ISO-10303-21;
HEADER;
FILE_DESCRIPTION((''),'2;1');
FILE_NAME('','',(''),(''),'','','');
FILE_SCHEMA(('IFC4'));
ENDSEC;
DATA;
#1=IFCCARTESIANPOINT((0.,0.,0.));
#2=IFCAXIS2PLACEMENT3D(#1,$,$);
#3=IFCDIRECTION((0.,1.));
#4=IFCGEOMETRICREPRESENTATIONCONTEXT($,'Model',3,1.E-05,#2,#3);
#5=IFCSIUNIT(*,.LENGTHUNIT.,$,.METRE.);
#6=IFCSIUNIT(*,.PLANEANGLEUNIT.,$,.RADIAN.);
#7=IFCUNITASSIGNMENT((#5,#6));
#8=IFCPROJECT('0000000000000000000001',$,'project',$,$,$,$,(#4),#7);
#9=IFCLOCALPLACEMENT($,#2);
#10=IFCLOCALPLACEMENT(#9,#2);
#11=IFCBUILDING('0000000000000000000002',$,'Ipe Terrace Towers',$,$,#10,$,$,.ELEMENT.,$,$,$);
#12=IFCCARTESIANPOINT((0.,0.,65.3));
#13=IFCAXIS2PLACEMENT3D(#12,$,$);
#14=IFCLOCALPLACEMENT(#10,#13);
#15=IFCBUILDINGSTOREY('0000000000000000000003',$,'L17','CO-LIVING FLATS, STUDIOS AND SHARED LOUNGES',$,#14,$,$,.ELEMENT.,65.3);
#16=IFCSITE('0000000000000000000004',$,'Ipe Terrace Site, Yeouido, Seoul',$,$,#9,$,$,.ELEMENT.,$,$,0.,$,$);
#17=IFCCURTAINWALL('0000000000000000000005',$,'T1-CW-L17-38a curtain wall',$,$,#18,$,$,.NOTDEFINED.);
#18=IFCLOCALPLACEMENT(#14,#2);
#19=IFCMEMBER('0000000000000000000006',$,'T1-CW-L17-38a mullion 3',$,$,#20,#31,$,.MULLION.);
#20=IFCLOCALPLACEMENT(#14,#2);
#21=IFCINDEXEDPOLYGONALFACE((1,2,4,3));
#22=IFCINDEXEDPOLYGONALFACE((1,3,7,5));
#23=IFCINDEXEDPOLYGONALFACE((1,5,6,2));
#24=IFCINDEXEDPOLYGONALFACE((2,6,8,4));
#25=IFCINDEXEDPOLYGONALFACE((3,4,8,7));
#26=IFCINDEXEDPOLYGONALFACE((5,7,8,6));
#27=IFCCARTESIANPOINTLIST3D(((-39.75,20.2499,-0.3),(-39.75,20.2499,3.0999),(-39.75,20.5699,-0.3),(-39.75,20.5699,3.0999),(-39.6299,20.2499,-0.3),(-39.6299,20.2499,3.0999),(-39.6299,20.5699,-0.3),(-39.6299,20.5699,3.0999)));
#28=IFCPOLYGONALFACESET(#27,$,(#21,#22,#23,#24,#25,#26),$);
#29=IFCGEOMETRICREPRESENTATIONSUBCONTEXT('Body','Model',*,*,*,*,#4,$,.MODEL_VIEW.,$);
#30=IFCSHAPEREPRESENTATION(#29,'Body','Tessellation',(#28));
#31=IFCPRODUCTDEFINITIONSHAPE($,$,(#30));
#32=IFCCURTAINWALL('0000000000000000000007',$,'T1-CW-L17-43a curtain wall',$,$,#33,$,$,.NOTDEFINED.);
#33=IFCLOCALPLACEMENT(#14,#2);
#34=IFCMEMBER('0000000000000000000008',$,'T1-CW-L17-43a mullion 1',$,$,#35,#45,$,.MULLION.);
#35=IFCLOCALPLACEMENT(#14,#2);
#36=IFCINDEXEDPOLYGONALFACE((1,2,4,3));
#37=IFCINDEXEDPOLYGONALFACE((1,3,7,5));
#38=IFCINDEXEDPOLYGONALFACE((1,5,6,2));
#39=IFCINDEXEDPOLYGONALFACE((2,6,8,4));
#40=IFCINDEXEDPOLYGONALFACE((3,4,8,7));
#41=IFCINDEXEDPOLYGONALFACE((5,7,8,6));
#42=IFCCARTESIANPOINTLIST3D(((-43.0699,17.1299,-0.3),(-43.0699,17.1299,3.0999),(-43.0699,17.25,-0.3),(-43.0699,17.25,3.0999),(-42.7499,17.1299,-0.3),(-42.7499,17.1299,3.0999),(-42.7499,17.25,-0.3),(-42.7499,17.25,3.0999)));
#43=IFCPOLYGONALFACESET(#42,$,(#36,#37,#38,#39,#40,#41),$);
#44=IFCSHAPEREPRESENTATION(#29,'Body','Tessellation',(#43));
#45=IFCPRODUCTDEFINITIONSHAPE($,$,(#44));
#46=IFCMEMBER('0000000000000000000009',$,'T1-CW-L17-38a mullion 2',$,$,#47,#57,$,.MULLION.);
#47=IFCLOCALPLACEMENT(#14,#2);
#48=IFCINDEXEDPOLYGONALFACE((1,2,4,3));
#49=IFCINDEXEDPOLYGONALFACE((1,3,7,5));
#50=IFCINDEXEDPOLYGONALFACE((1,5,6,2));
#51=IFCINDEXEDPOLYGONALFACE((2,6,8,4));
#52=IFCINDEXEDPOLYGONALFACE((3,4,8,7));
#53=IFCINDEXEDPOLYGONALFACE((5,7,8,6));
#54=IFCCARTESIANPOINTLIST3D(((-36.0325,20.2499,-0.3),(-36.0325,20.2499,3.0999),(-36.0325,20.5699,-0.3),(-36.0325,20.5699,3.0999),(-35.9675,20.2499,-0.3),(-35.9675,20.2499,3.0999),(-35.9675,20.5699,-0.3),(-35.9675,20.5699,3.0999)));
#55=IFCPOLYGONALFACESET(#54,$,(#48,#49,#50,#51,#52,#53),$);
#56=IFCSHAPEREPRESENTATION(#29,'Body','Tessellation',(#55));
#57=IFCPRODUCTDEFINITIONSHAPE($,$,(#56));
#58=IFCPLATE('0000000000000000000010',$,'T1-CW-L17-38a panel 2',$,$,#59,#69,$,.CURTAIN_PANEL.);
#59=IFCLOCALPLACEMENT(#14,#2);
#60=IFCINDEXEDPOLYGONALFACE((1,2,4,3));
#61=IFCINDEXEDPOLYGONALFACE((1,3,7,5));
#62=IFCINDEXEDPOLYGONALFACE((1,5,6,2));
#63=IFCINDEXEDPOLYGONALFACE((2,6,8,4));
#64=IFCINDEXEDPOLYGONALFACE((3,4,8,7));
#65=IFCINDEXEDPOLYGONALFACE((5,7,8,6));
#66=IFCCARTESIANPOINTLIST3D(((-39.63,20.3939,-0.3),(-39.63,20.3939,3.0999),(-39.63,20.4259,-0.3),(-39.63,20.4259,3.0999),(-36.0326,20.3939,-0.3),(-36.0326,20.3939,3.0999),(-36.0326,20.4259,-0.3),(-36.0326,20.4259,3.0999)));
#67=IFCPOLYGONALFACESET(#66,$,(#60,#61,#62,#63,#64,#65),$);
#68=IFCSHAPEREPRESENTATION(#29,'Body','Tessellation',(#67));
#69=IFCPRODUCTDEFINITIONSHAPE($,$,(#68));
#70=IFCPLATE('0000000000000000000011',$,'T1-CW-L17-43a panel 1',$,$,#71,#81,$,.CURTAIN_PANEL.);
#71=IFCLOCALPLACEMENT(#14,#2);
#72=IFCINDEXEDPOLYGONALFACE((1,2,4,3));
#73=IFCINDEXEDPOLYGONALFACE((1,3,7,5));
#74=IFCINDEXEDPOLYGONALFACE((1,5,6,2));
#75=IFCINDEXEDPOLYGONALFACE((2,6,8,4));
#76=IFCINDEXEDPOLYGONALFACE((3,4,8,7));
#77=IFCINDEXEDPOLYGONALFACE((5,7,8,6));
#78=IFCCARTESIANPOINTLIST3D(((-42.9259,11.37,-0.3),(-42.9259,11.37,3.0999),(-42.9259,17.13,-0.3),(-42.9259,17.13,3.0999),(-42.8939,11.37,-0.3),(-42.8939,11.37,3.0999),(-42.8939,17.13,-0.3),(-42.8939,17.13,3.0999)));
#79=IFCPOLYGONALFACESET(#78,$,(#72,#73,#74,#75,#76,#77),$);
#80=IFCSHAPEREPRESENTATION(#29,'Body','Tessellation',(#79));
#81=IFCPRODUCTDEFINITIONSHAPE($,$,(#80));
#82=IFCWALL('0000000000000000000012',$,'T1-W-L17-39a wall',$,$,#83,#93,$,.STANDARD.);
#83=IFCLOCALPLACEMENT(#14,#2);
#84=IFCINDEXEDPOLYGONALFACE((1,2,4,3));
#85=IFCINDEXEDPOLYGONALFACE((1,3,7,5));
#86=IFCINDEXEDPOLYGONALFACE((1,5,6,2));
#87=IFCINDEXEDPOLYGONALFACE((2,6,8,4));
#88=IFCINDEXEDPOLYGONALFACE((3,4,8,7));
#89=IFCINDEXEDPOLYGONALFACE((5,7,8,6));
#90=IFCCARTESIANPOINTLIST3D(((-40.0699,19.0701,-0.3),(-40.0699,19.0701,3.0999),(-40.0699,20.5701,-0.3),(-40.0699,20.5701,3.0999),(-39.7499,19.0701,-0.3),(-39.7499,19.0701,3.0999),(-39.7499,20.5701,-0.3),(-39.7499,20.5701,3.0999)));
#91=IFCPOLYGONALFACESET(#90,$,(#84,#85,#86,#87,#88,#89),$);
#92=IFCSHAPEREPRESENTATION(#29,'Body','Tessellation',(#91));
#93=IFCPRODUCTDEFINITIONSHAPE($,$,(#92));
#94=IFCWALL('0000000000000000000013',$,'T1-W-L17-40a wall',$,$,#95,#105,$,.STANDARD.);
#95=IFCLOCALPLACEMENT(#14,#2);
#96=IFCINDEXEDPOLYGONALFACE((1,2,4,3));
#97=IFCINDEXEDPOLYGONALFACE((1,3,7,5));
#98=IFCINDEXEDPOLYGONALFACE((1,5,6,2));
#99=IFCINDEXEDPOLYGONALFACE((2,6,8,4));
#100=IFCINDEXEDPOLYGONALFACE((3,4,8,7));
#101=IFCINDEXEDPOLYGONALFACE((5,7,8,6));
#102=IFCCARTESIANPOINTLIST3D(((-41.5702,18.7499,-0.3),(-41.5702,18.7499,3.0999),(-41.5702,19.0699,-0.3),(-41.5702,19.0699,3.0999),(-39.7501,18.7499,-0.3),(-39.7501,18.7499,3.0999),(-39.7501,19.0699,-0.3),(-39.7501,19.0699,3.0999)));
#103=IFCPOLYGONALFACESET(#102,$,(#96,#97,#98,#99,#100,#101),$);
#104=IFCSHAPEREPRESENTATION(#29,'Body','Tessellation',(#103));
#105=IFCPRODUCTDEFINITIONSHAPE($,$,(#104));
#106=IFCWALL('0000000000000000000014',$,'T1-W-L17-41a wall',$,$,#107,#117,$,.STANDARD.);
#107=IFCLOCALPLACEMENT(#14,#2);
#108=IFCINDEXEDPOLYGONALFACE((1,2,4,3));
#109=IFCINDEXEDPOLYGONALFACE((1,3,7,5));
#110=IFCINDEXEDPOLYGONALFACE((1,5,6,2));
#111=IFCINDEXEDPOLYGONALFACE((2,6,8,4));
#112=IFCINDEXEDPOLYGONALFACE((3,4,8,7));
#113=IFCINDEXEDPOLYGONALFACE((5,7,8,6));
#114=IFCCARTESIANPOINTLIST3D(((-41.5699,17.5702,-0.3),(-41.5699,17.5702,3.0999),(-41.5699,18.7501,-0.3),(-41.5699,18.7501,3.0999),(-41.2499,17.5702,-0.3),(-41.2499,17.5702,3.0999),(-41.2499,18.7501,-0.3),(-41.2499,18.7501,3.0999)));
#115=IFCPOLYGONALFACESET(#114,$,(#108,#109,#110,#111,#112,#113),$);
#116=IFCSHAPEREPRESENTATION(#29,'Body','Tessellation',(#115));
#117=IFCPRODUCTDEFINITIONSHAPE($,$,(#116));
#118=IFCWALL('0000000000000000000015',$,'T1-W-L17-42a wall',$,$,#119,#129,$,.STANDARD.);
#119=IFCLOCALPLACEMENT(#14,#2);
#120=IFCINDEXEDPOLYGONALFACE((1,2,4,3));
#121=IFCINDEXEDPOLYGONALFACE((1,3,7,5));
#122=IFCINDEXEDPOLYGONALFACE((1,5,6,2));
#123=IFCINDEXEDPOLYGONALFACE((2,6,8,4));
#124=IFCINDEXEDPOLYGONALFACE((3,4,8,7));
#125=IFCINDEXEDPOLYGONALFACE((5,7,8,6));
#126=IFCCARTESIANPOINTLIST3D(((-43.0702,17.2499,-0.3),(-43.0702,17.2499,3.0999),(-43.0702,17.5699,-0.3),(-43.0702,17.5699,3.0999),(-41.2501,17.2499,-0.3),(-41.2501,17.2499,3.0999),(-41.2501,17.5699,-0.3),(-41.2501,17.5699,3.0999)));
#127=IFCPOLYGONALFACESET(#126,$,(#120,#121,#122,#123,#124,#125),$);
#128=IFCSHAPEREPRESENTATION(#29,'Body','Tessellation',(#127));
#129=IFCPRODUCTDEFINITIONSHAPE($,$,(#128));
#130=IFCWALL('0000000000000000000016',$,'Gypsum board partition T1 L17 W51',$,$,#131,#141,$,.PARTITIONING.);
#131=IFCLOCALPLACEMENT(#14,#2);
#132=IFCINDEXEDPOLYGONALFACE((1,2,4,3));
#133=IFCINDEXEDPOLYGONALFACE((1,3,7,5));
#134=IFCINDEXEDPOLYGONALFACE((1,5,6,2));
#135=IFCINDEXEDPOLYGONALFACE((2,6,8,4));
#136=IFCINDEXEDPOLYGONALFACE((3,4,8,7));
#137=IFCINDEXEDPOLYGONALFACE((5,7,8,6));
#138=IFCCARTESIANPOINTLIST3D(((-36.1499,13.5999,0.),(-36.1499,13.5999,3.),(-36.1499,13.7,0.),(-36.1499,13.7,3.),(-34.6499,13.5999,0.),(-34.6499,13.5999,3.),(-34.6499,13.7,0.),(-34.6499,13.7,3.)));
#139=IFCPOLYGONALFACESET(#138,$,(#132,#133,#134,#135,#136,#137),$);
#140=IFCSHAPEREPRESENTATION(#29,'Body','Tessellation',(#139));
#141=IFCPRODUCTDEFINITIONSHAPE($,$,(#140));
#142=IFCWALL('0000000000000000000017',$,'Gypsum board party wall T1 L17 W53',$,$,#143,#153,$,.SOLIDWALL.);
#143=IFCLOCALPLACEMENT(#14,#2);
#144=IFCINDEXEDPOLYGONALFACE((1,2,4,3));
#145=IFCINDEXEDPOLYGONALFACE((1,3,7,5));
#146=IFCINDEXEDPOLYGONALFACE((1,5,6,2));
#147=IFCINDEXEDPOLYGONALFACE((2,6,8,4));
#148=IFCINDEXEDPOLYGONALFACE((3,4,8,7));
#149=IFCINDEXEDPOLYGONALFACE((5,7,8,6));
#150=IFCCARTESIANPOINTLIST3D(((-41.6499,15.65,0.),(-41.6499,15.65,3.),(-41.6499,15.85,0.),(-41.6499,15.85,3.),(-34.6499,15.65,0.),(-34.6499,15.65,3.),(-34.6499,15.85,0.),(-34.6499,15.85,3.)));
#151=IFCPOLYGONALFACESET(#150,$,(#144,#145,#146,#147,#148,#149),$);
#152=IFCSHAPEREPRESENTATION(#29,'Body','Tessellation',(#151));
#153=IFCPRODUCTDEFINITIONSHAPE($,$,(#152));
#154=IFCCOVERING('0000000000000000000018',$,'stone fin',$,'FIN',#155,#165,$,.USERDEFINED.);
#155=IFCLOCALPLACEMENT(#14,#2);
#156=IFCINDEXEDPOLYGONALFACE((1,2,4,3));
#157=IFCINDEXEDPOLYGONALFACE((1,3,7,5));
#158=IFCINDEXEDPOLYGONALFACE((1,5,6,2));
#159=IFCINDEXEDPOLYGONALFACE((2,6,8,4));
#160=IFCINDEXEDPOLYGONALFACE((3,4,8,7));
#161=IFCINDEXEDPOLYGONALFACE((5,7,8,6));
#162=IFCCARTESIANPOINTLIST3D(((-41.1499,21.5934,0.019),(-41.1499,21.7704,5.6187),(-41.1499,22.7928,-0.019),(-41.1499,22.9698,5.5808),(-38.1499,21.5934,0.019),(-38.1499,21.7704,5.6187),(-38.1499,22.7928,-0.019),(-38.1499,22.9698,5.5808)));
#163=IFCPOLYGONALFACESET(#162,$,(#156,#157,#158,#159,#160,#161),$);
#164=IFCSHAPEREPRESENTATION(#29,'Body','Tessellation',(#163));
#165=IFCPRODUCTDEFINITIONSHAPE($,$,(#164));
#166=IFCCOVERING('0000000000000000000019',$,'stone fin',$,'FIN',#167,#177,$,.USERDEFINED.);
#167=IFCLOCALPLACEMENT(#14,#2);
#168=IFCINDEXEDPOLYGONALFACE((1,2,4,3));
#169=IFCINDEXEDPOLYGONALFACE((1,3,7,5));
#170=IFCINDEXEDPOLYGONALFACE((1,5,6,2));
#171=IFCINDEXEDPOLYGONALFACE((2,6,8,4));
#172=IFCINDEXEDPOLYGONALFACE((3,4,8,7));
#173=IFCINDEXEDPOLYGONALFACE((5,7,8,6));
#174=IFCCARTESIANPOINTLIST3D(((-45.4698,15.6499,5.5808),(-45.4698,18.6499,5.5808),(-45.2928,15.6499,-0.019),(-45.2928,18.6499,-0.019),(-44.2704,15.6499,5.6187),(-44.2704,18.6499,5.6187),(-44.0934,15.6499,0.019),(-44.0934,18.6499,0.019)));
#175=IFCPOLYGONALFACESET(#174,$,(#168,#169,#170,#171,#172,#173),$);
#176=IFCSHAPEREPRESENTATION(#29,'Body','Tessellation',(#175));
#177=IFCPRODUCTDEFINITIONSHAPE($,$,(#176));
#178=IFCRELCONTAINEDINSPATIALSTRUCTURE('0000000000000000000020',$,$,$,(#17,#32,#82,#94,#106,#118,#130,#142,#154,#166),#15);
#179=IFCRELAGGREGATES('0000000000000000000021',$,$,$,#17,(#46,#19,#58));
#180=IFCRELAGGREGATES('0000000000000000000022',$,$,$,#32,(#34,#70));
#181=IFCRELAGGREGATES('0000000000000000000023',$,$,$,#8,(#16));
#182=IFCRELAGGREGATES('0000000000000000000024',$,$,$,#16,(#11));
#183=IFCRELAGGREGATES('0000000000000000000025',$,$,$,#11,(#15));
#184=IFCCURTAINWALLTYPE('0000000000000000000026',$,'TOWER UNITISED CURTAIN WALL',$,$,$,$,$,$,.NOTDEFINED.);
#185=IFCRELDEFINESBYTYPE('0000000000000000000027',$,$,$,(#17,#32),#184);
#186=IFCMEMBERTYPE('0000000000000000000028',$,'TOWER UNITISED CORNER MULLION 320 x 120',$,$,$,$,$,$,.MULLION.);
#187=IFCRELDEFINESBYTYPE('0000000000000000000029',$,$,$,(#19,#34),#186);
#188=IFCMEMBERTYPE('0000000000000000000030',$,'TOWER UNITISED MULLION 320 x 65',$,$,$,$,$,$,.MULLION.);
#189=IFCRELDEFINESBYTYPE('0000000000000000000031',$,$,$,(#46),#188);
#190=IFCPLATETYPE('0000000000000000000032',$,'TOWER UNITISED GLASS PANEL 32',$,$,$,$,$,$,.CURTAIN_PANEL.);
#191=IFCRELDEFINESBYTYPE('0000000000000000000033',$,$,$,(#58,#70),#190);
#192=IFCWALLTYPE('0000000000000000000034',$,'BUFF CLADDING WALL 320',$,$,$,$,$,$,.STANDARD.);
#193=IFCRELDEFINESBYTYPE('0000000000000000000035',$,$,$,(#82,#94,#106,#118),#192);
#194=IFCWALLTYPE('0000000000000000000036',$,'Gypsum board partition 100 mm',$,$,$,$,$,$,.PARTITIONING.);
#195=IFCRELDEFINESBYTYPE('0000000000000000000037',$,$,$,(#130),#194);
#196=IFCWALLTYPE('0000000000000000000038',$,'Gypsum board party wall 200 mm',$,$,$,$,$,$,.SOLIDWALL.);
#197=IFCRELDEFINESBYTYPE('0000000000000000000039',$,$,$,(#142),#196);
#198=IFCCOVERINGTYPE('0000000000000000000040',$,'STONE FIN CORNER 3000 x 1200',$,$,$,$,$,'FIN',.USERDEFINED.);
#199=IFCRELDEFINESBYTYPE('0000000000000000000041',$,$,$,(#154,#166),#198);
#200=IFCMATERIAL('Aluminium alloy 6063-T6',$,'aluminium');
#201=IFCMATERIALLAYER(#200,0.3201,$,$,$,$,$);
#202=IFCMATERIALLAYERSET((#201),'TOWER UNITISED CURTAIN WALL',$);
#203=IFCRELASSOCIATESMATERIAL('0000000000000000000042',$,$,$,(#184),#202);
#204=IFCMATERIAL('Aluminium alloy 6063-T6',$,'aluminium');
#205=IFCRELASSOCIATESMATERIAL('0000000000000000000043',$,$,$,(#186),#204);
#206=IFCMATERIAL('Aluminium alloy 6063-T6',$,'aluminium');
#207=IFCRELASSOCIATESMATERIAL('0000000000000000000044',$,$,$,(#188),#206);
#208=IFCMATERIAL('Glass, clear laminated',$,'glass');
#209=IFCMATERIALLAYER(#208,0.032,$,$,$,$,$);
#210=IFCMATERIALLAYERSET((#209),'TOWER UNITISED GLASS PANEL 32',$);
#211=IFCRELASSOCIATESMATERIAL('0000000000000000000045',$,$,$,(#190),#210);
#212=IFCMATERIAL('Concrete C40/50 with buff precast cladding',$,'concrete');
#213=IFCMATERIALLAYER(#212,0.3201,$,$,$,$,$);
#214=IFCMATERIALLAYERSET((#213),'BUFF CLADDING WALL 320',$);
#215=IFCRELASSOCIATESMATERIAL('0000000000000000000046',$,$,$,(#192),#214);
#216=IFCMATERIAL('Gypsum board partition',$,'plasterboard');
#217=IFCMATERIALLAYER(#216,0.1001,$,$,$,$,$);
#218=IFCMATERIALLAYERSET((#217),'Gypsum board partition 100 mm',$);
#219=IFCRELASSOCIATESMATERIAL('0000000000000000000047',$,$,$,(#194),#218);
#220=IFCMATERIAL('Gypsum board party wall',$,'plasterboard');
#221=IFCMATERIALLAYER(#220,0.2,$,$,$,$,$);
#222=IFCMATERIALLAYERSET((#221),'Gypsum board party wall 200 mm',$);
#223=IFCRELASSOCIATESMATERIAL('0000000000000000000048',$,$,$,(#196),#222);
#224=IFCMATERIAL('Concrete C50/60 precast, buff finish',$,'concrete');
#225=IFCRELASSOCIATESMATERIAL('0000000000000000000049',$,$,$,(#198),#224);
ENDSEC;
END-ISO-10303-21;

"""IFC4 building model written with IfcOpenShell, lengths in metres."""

from ifc_helpers import new_model, si_unit, direction, frame, frame_2d, origin, origin_2d, place, context, subcontext, project, spatial, rectangle, extrude, material, layer, layer_set, material_profile, profile_set, type_object, element, aggregate, save


model = new_model("IFC4")

# Units and contexts
model_context = context("Model", 3, precision=1e-05, world=origin(), true_north=direction((0.0, 1.0)))
body_context = subcontext(model_context, "Body", "Model", "MODEL_VIEW")
ifc_project = project(units=[si_unit("LENGTHUNIT", "METRE"), si_unit("PLANEANGLEUNIT", "RADIAN")], contexts=[model_context])

# Site, building, storey
site_placement = place(None, origin())
site = spatial("IfcSite", under=ifc_project, at=site_placement, Name="Ipe Terrace Site, Yeouido, Seoul", CompositionType="ELEMENT", RefElevation=0.0)
building_placement = place(site_placement, origin())
building = spatial("IfcBuilding", under=site, at=building_placement, Name="Ipe Terrace Towers", CompositionType="ELEMENT")
storey_placement = place(building_placement, frame((0.0, 0.0, 65.3)))
storey = spatial("IfcBuildingStorey", under=building, at=storey_placement, Name="L17", Description="CO-LIVING FLATS, STUDIOS AND SHARED LOUNGES", CompositionType="ELEMENT", Elevation=65.3)

# Curtain walls, members
ifc_material_1 = material(Name="Aluminium alloy 6063-T6", Category="aluminium")
ifc_layer_1 = layer(ifc_material_1, 0.3201)
ifc_layer_set_1 = layer_set([ifc_layer_1], Name="TOWER UNITISED CURTAIN WALL")
curtain_wall_type = type_object("IfcCurtainWallType", Name="TOWER UNITISED CURTAIN WALL", PredefinedType="NOTDEFINED", material=ifc_layer_set_1)
curtain_wall_1_placement = place(storey_placement, origin())
curtain_wall_1 = element("IfcCurtainWall", 1, at=curtain_wall_1_placement, inside=storey, type_object=curtain_wall_type, Name="T1-CW-L17-38a curtain wall", PredefinedType="NOTDEFINED")
ifc_material_2 = material(Name="Aluminium alloy 6063-T6", Category="aluminium")
ifc_material_profile_1 = material_profile(ifc_material_2, rectangle(XDim=0.3201, YDim=0.1201, at=origin_2d()), Name="TOWER UNITISED CORNER MULLION 320 x 120")
ifc_profile_set_1 = profile_set([ifc_material_profile_1], Name="Aluminium alloy 6063-T6")
member_type_1 = type_object("IfcMemberType", Name="TOWER UNITISED CORNER MULLION 320 x 120", PredefinedType="MULLION", material=ifc_profile_set_1)
member_1_placement = place(storey_placement, frame((-39.6899, 20.4099, -0.3), z_axis=(0.0, 0.0, 1.0), x_axis=(0.0, 1.0, 0.0)))
member_1 = element("IfcMember", 2, at=member_1_placement, type_object=member_type_1, Name="T1-CW-L17-38a mullion 3", PredefinedType="MULLION", context=body_context, shape_type="SweptSolid", body=[
    extrude(rectangle(XDim=0.3201, YDim=0.1201, at=origin_2d()), origin(), (0.0, 0.0, 1.0), 3.3999),
])
curtain_wall_2_placement = place(storey_placement, origin())
curtain_wall_2 = element("IfcCurtainWall", 3, at=curtain_wall_2_placement, inside=storey, type_object=curtain_wall_type, Name="T1-CW-L17-43a curtain wall", PredefinedType="NOTDEFINED")
member_2_placement = place(storey_placement, frame((-42.9099, 17.1899, -0.3), z_axis=(0.0, 0.0, 1.0), x_axis=(-1.0, 0.0, 0.0)))
member_2 = element("IfcMember", 4, at=member_2_placement, type_object=member_type_1, Name="T1-CW-L17-43a mullion 1", PredefinedType="MULLION", context=body_context, shape_type="SweptSolid", body=[
    extrude(rectangle(XDim=0.3201, YDim=0.1201, at=origin_2d()), origin(), (0.0, 0.0, 1.0), 3.3999),
])

# Member
ifc_material_3 = material(Name="Aluminium alloy 6063-T6", Category="aluminium")
ifc_material_profile_2 = material_profile(ifc_material_3, rectangle(XDim=0.3201, YDim=0.0649, at=origin_2d()), Name="TOWER UNITISED MULLION 320 x 65")
ifc_profile_set_2 = profile_set([ifc_material_profile_2], Name="Aluminium alloy 6063-T6")
member_type_2 = type_object("IfcMemberType", Name="TOWER UNITISED MULLION 320 x 65", PredefinedType="MULLION", material=ifc_profile_set_2)
member_3_placement = place(storey_placement, frame((-36.0, 20.4099, -0.3), z_axis=(0.0, 0.0, 1.0), x_axis=(0.0, 1.0, 0.0)))
member_3 = element("IfcMember", 5, at=member_3_placement, type_object=member_type_2, Name="T1-CW-L17-38a mullion 2", PredefinedType="MULLION", context=body_context, shape_type="SweptSolid", body=[
    extrude(rectangle(XDim=0.3201, YDim=0.0649, at=origin_2d()), origin(), (0.0, 0.0, 1.0), 3.3999),
])

# Plates
ifc_material_4 = material(Name="Glass, clear laminated", Category="glass")
ifc_layer_2 = layer(ifc_material_4, 0.032)
ifc_layer_set_2 = layer_set([ifc_layer_2], Name="TOWER UNITISED GLASS PANEL 32")
plate_type = type_object("IfcPlateType", Name="TOWER UNITISED GLASS PANEL 32", PredefinedType="CURTAIN_PANEL", material=ifc_layer_set_2)
plate_1_placement = place(storey_placement, frame((-37.8313, 20.4099, -0.3), z_axis=(0.0, 0.0, 1.0), x_axis=(-1.0, 0.0, 0.0)))
plate_1 = element("IfcPlate", 6, at=plate_1_placement, type_object=plate_type, Name="T1-CW-L17-38a panel 2", PredefinedType="CURTAIN_PANEL", context=body_context, shape_type="SweptSolid", body=[
    extrude(rectangle(XDim=3.5974, YDim=0.032, at=origin_2d()), origin(), (0.0, 0.0, 1.0), 3.3999),
])
aggregate(curtain_wall_1, [member_3, member_1, plate_1])
plate_2_placement = place(storey_placement, frame((-42.9099, 14.25, -0.3), z_axis=(0.0, 0.0, 1.0), x_axis=(0.0, -1.0, 0.0)))
plate_2 = element("IfcPlate", 7, at=plate_2_placement, type_object=plate_type, Name="T1-CW-L17-43a panel 1", PredefinedType="CURTAIN_PANEL", context=body_context, shape_type="SweptSolid", body=[
    extrude(rectangle(XDim=5.76, YDim=0.032, at=origin_2d()), origin(), (0.0, 0.0, 1.0), 3.3999),
])
aggregate(curtain_wall_2, [member_2, plate_2])

# Walls
ifc_material_5 = material(Name="Concrete C40/50 with buff precast cladding", Category="concrete")
ifc_layer_3 = layer(ifc_material_5, 0.3201)
ifc_layer_set_3 = layer_set([ifc_layer_3], Name="BUFF CLADDING WALL 320")
wall_type_1 = type_object("IfcWallType", Name="BUFF CLADDING WALL 320", PredefinedType="STANDARD", material=ifc_layer_set_3)
wall_1_placement = place(storey_placement, frame((-39.9099, 20.5701, -0.3), z_axis=(0.0, 0.0, 1.0), x_axis=(0.0, -1.0, 0.0)))
element("IfcWall", 8, at=wall_1_placement, inside=storey, type_object=wall_type_1, Name="T1-W-L17-39a wall", PredefinedType="STANDARD", context=body_context, shape_type="SweptSolid", body=[
    extrude(rectangle(XDim=1.5, YDim=0.3201, at=frame_2d((0.75, 0.0))), origin(), (0.0, 0.0, 1.0), 3.3999),
])
wall_2_placement = place(storey_placement, frame((-39.75, 18.9099, -0.3), z_axis=(0.0, 0.0, 1.0), x_axis=(-1.0, 0.0, 0.0)))
element("IfcWall", 9, at=wall_2_placement, inside=storey, type_object=wall_type_1, Name="T1-W-L17-40a wall", PredefinedType="STANDARD", context=body_context, shape_type="SweptSolid", body=[
    extrude(rectangle(XDim=1.8201, YDim=0.3201, at=frame_2d((0.9102, 0.0))), origin(), (0.0, 0.0, 1.0), 3.3999),
])
wall_3_placement = place(storey_placement, frame((-41.4099, 18.75, -0.3), z_axis=(0.0, 0.0, 1.0), x_axis=(0.0, -1.0, 0.0)))
element("IfcWall", 10, at=wall_3_placement, inside=storey, type_object=wall_type_1, Name="T1-W-L17-41a wall", PredefinedType="STANDARD", context=body_context, shape_type="SweptSolid", body=[
    extrude(rectangle(XDim=1.1799, YDim=0.3201, at=frame_2d((0.5898, 0.0))), origin(), (0.0, 0.0, 1.0), 3.3999),
])
wall_4_placement = place(storey_placement, frame((-41.25, 17.4099, -0.3), z_axis=(0.0, 0.0, 1.0), x_axis=(-1.0, 0.0, 0.0)))
element("IfcWall", 11, at=wall_4_placement, inside=storey, type_object=wall_type_1, Name="T1-W-L17-42a wall", PredefinedType="STANDARD", context=body_context, shape_type="SweptSolid", body=[
    extrude(rectangle(XDim=1.8201, YDim=0.3201, at=frame_2d((0.9102, 0.0))), origin(), (0.0, 0.0, 1.0), 3.3999),
])
ifc_material_6 = material(Name="Gypsum board partition", Category="plasterboard")
ifc_layer_4 = layer(ifc_material_6, 0.1001)
ifc_layer_set_4 = layer_set([ifc_layer_4], Name="Gypsum board partition 100 mm")
wall_type_2 = type_object("IfcWallType", Name="Gypsum board partition 100 mm", PredefinedType="PARTITIONING", material=ifc_layer_set_4)
wall_5_placement = place(storey_placement, frame((-36.1499, 13.6499, 0.0), z_axis=(0.0, 0.0, 1.0), x_axis=(1.0, 0.0, 0.0)))
element("IfcWall", 12, at=wall_5_placement, inside=storey, type_object=wall_type_2, Name="Gypsum board partition T1 L17 W51", PredefinedType="PARTITIONING", context=body_context, shape_type="SweptSolid", body=[
    extrude(rectangle(XDim=1.5, YDim=0.1001, at=frame_2d((0.75, 0.0))), origin(), (0.0, 0.0, 1.0), 3.0),
])
ifc_material_7 = material(Name="Gypsum board party wall", Category="plasterboard")
ifc_layer_5 = layer(ifc_material_7, 0.2)
ifc_layer_set_5 = layer_set([ifc_layer_5], Name="Gypsum board party wall 200 mm")
wall_type_3 = type_object("IfcWallType", Name="Gypsum board party wall 200 mm", PredefinedType="SOLIDWALL", material=ifc_layer_set_5)
wall_6_placement = place(storey_placement, frame((-41.6499, 15.75, 0.0), z_axis=(0.0, 0.0, 1.0), x_axis=(1.0, 0.0, 0.0)))
element("IfcWall", 13, at=wall_6_placement, inside=storey, type_object=wall_type_3, Name="Gypsum board party wall T1 L17 W53", PredefinedType="SOLIDWALL", context=body_context, shape_type="SweptSolid", body=[
    extrude(rectangle(XDim=7.0, YDim=0.2, at=frame_2d((3.5, 0.0))), origin(), (0.0, 0.0, 1.0), 3.0),
])

# Coverings
ifc_material_8 = material(Name="Concrete C50/60 precast, buff finish", Category="concrete")
ifc_material_profile_3 = material_profile(ifc_material_8, rectangle(XDim=3.0, YDim=1.2, at=origin_2d()), Name="STONE FIN CORNER 3000 x 1200")
ifc_profile_set_3 = profile_set([ifc_material_profile_3], Name="Concrete C50/60 precast, buff finish")
covering_type_1 = type_object("IfcCoveringType", Name="STONE FIN CORNER 3000 x 1200", ElementType="FIN", PredefinedType="USERDEFINED", material=ifc_profile_set_3)
for number, where, z_axis, x_axis, name in (
    (14, (-39.6499, 22.1931, 0.0), (0.0, 0.031593, 0.999501), (-1.0, 0.0, 0.0), "stone fin"),
    (15, (-44.6931, 17.1499, 0.0), (-0.031593, 0.0, 0.999501), (0.0, -1.0, 0.0), "stone fin"),
):
    element("IfcCovering", number, at=place(storey_placement, frame(where, z_axis=z_axis, x_axis=x_axis)), inside=storey, type_object=covering_type_1, Name=name, ObjectType="FIN", PredefinedType="USERDEFINED", context=body_context, shape_type="SweptSolid", body=[
        extrude(rectangle(XDim=3.0, YDim=1.2, at=origin_2d()), origin(), (0.0, 0.0, 1.0), 5.6025),
    ])

save(model, "model.ifc")
